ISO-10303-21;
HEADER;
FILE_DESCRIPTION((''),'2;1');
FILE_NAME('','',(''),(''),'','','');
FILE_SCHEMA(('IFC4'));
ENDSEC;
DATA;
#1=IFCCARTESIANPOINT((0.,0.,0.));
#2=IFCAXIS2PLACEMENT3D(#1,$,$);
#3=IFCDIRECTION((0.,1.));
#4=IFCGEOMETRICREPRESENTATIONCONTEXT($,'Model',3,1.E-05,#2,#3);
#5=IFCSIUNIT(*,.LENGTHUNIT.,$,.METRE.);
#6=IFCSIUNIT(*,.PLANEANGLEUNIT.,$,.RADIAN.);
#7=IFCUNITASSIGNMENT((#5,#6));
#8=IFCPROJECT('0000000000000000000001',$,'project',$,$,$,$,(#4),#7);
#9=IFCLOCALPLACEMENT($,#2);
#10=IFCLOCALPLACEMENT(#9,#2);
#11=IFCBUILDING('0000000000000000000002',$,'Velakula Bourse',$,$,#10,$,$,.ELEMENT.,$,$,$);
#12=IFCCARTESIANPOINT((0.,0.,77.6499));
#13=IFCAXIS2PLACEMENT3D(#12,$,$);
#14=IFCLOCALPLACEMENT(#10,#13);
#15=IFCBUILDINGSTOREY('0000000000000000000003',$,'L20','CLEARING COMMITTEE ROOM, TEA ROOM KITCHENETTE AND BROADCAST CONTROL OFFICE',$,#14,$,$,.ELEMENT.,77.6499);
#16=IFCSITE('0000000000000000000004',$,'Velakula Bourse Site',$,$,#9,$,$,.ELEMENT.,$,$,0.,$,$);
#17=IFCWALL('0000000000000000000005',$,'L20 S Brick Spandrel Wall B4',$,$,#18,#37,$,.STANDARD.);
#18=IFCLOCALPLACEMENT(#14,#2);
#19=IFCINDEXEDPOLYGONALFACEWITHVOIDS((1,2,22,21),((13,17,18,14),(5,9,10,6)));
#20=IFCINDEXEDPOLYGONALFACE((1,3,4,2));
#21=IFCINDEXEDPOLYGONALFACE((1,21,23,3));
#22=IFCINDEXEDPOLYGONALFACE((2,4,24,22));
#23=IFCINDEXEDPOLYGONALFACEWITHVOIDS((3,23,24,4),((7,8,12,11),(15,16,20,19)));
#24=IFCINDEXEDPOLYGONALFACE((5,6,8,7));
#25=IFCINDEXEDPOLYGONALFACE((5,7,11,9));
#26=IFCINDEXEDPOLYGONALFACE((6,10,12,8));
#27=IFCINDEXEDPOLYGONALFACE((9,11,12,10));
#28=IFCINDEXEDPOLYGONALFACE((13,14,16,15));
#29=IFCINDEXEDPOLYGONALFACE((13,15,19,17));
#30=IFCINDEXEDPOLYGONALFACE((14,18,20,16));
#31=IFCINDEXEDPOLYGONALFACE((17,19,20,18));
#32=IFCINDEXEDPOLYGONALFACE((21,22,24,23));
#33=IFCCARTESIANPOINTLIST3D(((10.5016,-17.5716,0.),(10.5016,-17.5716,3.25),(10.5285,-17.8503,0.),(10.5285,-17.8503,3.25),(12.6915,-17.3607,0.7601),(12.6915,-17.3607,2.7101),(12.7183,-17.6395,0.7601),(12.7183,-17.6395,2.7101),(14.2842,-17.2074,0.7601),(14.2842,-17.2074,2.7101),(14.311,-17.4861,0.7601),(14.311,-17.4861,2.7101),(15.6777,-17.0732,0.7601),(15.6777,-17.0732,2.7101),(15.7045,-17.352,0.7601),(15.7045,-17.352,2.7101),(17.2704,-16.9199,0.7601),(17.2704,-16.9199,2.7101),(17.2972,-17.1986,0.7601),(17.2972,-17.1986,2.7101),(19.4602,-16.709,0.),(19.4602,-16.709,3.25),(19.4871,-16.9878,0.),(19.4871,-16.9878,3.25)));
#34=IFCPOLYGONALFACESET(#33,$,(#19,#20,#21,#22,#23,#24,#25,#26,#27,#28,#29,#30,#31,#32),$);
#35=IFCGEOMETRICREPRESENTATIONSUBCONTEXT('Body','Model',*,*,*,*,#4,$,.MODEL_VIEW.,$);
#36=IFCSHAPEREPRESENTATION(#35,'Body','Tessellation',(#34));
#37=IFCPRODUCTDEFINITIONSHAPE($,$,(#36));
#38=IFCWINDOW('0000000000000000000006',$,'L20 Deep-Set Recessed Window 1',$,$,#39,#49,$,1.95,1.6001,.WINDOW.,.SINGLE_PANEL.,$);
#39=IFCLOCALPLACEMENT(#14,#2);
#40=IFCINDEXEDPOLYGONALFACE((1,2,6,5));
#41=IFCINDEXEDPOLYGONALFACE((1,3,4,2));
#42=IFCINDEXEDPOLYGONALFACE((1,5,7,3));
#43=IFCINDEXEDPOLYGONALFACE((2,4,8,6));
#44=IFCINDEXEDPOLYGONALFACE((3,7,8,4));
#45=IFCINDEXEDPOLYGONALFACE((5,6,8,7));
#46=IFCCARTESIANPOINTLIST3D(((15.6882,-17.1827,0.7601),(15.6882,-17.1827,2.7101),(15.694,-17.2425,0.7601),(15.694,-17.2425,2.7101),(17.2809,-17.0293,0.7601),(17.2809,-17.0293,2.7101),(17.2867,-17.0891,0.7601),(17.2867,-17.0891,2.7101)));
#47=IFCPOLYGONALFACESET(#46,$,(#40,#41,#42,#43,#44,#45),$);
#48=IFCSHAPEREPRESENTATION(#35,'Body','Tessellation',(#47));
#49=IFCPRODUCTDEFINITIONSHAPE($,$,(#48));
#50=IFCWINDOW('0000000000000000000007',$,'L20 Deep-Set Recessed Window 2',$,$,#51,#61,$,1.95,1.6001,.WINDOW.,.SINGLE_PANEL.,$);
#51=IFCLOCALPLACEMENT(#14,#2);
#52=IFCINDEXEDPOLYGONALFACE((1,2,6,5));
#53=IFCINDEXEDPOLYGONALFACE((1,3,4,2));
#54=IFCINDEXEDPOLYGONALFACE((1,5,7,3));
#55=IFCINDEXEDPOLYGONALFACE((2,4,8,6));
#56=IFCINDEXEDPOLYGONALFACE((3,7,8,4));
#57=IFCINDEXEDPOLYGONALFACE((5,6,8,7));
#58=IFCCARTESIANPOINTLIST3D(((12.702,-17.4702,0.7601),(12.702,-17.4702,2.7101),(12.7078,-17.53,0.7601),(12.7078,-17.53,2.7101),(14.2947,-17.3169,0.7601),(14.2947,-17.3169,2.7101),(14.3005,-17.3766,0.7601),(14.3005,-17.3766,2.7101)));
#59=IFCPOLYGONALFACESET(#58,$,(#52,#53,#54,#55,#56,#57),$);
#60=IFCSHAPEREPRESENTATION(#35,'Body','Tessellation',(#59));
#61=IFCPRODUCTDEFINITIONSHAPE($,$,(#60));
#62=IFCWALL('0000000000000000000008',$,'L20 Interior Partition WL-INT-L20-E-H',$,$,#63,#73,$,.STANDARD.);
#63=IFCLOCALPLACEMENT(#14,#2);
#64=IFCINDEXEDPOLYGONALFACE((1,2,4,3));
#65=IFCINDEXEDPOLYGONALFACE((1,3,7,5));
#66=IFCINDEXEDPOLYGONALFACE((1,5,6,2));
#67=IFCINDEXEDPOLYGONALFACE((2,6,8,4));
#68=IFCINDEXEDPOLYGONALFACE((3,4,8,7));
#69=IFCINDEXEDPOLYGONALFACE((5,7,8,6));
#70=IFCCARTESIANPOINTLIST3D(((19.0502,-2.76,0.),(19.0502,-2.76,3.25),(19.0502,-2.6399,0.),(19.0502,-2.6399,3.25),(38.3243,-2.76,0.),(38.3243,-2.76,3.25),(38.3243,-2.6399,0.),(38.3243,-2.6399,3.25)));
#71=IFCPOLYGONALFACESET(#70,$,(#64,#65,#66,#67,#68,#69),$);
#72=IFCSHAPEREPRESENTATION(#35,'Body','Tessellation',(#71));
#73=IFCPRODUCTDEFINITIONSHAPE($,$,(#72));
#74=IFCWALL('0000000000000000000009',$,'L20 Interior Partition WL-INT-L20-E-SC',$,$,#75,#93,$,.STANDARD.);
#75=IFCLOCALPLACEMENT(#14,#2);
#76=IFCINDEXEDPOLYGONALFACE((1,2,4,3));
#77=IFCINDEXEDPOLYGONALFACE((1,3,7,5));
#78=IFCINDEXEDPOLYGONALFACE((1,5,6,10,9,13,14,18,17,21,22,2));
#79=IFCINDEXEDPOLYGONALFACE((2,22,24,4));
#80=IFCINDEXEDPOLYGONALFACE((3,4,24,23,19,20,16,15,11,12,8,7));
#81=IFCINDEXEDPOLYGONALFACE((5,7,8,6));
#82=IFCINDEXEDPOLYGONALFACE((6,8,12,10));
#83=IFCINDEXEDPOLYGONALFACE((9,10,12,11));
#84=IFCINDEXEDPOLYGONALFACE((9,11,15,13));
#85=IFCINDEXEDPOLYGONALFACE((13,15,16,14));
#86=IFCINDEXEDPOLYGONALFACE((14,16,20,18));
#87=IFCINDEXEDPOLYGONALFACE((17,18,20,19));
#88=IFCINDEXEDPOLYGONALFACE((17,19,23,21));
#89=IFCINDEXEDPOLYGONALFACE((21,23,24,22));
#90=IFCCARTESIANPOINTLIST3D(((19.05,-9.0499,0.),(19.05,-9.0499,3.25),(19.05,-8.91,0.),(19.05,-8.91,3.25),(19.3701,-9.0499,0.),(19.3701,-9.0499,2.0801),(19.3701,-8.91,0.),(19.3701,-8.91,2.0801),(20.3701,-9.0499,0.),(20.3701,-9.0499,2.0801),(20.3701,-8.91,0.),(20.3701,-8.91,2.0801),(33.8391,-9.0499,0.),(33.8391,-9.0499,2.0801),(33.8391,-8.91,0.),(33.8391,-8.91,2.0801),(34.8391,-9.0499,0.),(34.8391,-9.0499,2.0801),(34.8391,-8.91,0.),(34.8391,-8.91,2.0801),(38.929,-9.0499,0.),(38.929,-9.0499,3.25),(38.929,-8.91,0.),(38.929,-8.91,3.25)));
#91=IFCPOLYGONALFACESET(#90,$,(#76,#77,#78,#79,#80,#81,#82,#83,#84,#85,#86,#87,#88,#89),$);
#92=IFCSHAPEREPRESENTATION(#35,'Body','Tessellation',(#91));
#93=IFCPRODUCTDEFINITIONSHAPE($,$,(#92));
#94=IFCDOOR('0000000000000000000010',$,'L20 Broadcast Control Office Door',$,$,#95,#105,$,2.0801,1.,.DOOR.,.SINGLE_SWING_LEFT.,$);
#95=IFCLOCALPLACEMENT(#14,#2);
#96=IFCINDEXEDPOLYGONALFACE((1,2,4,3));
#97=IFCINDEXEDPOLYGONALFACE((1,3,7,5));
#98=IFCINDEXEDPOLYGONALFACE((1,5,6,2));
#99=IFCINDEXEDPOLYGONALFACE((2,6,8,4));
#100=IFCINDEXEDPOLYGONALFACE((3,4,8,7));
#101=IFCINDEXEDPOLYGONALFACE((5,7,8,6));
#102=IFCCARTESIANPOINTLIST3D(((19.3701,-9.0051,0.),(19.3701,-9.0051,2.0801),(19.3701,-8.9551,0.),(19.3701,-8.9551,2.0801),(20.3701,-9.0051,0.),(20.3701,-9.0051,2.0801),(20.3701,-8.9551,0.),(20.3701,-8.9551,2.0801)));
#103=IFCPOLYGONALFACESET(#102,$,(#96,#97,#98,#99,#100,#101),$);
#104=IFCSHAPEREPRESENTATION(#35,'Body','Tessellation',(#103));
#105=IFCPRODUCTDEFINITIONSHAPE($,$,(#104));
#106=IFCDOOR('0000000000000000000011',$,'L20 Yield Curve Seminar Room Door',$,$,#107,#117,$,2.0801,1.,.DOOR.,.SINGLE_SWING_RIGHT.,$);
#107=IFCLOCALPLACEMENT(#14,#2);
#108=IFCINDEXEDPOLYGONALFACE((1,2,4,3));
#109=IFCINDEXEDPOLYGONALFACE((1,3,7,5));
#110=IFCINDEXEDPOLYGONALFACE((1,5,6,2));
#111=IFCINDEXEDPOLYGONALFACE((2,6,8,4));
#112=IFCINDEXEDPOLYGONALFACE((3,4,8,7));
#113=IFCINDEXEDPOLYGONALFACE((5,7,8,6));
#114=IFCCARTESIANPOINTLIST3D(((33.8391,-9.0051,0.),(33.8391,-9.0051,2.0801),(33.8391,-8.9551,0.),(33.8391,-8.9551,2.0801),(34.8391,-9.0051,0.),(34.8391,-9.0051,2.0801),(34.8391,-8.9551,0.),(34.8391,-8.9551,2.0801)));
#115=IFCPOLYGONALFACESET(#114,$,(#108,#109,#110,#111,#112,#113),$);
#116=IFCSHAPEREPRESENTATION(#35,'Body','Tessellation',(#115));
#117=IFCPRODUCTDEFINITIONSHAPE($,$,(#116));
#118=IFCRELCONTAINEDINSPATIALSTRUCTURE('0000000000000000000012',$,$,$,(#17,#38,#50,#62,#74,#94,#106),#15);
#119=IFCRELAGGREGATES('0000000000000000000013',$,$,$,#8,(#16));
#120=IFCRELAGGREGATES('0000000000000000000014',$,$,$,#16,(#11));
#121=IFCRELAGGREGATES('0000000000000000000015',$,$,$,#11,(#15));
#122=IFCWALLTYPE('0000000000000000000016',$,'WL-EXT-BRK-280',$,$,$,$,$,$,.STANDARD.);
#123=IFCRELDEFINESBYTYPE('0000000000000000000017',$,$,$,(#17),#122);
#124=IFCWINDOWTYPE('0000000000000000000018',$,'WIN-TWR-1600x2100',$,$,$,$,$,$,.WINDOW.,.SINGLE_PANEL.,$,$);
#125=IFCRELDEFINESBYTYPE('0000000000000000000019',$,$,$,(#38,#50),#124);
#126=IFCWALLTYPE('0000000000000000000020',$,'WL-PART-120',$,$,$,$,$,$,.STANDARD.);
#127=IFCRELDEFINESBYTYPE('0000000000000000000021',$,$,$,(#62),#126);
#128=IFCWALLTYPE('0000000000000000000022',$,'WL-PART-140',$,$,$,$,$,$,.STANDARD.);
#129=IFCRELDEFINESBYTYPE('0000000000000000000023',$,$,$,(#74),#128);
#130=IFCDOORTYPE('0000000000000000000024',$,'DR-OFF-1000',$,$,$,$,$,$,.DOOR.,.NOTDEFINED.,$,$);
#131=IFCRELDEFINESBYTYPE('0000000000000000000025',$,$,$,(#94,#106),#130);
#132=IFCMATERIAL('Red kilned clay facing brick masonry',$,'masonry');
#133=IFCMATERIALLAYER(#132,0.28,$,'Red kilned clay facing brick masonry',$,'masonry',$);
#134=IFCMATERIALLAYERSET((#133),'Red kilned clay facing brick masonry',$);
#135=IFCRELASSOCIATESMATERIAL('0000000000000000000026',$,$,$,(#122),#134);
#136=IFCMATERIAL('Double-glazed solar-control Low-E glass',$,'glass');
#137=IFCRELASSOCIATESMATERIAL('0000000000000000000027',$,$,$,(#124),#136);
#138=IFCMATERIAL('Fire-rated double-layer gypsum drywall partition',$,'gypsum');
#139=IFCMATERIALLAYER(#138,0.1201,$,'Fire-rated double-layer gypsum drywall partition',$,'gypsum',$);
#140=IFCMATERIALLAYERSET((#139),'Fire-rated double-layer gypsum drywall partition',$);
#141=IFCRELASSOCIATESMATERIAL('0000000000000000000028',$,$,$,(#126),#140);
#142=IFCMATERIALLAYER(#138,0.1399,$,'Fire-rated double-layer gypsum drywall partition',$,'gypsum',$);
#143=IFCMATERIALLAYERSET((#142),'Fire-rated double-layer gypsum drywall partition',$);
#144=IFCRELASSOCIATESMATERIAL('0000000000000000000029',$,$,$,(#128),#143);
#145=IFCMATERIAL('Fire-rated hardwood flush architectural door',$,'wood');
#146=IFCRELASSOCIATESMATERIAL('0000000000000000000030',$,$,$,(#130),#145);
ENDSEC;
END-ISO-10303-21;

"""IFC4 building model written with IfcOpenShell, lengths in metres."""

from ifc_helpers import new_model, si_unit, direction, frame, frame_2d, origin, place, context, subcontext, project, spatial, rectangle, extrude, material, layer, layer_set, type_object, element, fill, save


model = new_model("IFC4")

# Units and contexts
model_context = context("Model", 3, precision=1e-05, world=origin(), true_north=direction((0.0, 1.0)))
body_context = subcontext(model_context, "Body", "Model", "MODEL_VIEW")
ifc_project = project(units=[si_unit("LENGTHUNIT", "METRE"), si_unit("PLANEANGLEUNIT", "RADIAN")], contexts=[model_context])

# Site, building, storey
site_placement = place(None, origin())
site = spatial("IfcSite", under=ifc_project, at=site_placement, Name="Velakula Bourse Site", CompositionType="ELEMENT", RefElevation=0.0)
building_placement = place(site_placement, origin())
building = spatial("IfcBuilding", under=site, at=building_placement, Name="Velakula Bourse", CompositionType="ELEMENT")
storey_placement = place(building_placement, frame((0.0, 0.0, 77.6499)))
storey = spatial("IfcBuildingStorey", under=building, at=storey_placement, Name="L20", Description="CLEARING COMMITTEE ROOM, TEA ROOM KITCHENETTE AND BROADCAST CONTROL OFFICE", CompositionType="ELEMENT", Elevation=77.6499)

# Wall, openings, windows
ifc_material_1 = material(Name="Red kilned clay facing brick masonry", Category="masonry")
ifc_layer_1 = layer(ifc_material_1, 0.28, Name="Red kilned clay facing brick masonry", Category="masonry")
ifc_layer_set_1 = layer_set([ifc_layer_1], Name="Red kilned clay facing brick masonry")
wall_type_1 = type_object("IfcWallType", Name="WL-EXT-BRK-280", PredefinedType="STANDARD", material=ifc_layer_set_1)
wall_1_placement = place(storey_placement, frame((19.4736, -16.8484, 0.0), z_axis=(0.0, 0.0, 1.0), x_axis=(-0.995397, -0.09584, 0.0)))
wall_1 = element("IfcWall", 1, at=wall_1_placement, inside=storey, type_object=wall_type_1, Name="L20 S Brick Spandrel Wall B4", PredefinedType="STANDARD", context=body_context, shape_type="SweptSolid", body=[
    extrude(rectangle(XDim=9.0, YDim=0.28, at=frame_2d((4.5, 0.0))), origin(), (0.0, 0.0, 1.0), 3.25),
])
opening_1_placement = place(wall_1_placement, frame((2.2, 0.0, 0.76)))
opening_1 = element("IfcOpeningElement", 2, at=opening_1_placement, cuts=wall_1, PredefinedType="OPENING", context=body_context, shape_type="SweptSolid", body=[
    extrude(rectangle(XDim=1.6001, YDim=1.95, at=frame_2d((0.8, 0.9751))), frame((0.0, 0.1499, 0.0), z_axis=(0.0, -1.0, 0.0), x_axis=(1.0, 0.0, 0.0)), (0.0, 0.0, 1.0), 0.3),
])
opening_2_placement = place(wall_1_placement, frame((5.2, 0.0, 0.76)))
opening_2 = element("IfcOpeningElement", 3, at=opening_2_placement, cuts=wall_1, PredefinedType="OPENING", context=body_context, shape_type="SweptSolid", body=[
    extrude(rectangle(XDim=1.6001, YDim=1.95, at=frame_2d((0.8, 0.9751))), frame((0.0, 0.1499, 0.0), z_axis=(0.0, -1.0, 0.0), x_axis=(1.0, 0.0, 0.0)), (0.0, 0.0, 1.0), 0.3),
])
ifc_material_2 = material(Name="Double-glazed solar-control Low-E glass", Category="glass")
window_type = type_object("IfcWindowType", Name="WIN-TWR-1600x2100", PartitioningType="SINGLE_PANEL", PredefinedType="WINDOW", material=ifc_material_2)
window_1_placement = place(opening_1_placement, origin())
window_1 = element("IfcWindow", 4, at=window_1_placement, inside=storey, type_object=window_type, Name="L20 Deep-Set Recessed Window 1", OverallHeight=1.95, OverallWidth=1.6001, PartitioningType="SINGLE_PANEL", PredefinedType="WINDOW", context=body_context, shape_type="SweptSolid", body=[
    extrude(rectangle(XDim=1.6001, YDim=1.95, at=frame_2d((0.8, 0.9751))), frame((0.0, 0.03, 0.0), z_axis=(0.0, -1.0, 0.0), x_axis=(1.0, 0.0, 0.0)), (0.0, 0.0, 1.0), 0.0601),
])
fill(opening_1, window_1)
window_2_placement = place(opening_2_placement, origin())
window_2 = element("IfcWindow", 5, at=window_2_placement, inside=storey, type_object=window_type, Name="L20 Deep-Set Recessed Window 2", OverallHeight=1.95, OverallWidth=1.6001, PartitioningType="SINGLE_PANEL", PredefinedType="WINDOW", context=body_context, shape_type="SweptSolid", body=[
    extrude(rectangle(XDim=1.6001, YDim=1.95, at=frame_2d((0.8, 0.9751))), frame((0.0, 0.03, 0.0), z_axis=(0.0, -1.0, 0.0), x_axis=(1.0, 0.0, 0.0)), (0.0, 0.0, 1.0), 0.0601),
])
fill(opening_2, window_2)

# Wall
ifc_material_3 = material(Name="Fire-rated double-layer gypsum drywall partition", Category="gypsum")
ifc_layer_2 = layer(ifc_material_3, 0.1201, Name="Fire-rated double-layer gypsum drywall partition", Category="gypsum")
ifc_layer_set_2 = layer_set([ifc_layer_2], Name="Fire-rated double-layer gypsum drywall partition")
wall_type_2 = type_object("IfcWallType", Name="WL-PART-120", PredefinedType="STANDARD", material=ifc_layer_set_2)
wall_2_placement = place(storey_placement, frame((19.05, -2.7, 0.0), z_axis=(0.0, 0.0, 1.0), x_axis=(1.0, 0.0, 0.0)))
element("IfcWall", 6, at=wall_2_placement, inside=storey, type_object=wall_type_2, Name="L20 Interior Partition WL-INT-L20-E-H", PredefinedType="STANDARD", context=body_context, shape_type="SweptSolid", body=[
    extrude(rectangle(XDim=19.2742, YDim=0.1201, at=frame_2d((9.6372, 0.0))), origin(), (0.0, 0.0, 1.0), 3.25),
])

# Wall, openings, doors
ifc_layer_3 = layer(ifc_material_3, 0.1399, Name="Fire-rated double-layer gypsum drywall partition", Category="gypsum")
ifc_layer_set_3 = layer_set([ifc_layer_3], Name="Fire-rated double-layer gypsum drywall partition")
wall_type_3 = type_object("IfcWallType", Name="WL-PART-140", PredefinedType="STANDARD", material=ifc_layer_set_3)
wall_3_placement = place(storey_placement, frame((19.05, -8.98, 0.0), z_axis=(0.0, 0.0, 1.0), x_axis=(1.0, 0.0, 0.0)))
wall_3 = element("IfcWall", 7, at=wall_3_placement, inside=storey, type_object=wall_type_3, Name="L20 Interior Partition WL-INT-L20-E-SC", PredefinedType="STANDARD", context=body_context, shape_type="SweptSolid", body=[
    extrude(rectangle(XDim=19.8789, YDim=0.1399, at=frame_2d((9.9395, 0.0))), origin(), (0.0, 0.0, 1.0), 3.25),
])
opening_3_placement = place(wall_3_placement, frame((0.3201, 0.0, 0.0)))
opening_3 = element("IfcOpeningElement", 8, at=opening_3_placement, cuts=wall_3, PredefinedType="OPENING", context=body_context, shape_type="SweptSolid", body=[
    extrude(rectangle(XDim=1.0, YDim=2.0801, at=frame_2d((0.5, 1.04))), frame((0.0, 0.0798, 0.0), z_axis=(0.0, -1.0, 0.0), x_axis=(1.0, 0.0, 0.0)), (0.0, 0.0, 1.0), 0.1599),
])
opening_4_placement = place(wall_3_placement, frame((14.7891, 0.0, 0.0)))
opening_4 = element("IfcOpeningElement", 9, at=opening_4_placement, cuts=wall_3, PredefinedType="OPENING", context=body_context, shape_type="SweptSolid", body=[
    extrude(rectangle(XDim=1.0, YDim=2.0801, at=frame_2d((0.5, 1.04))), frame((0.0, 0.0798, 0.0), z_axis=(0.0, -1.0, 0.0), x_axis=(1.0, 0.0, 0.0)), (0.0, 0.0, 1.0), 0.1599),
])
ifc_material_4 = material(Name="Fire-rated hardwood flush architectural door", Category="wood")
door_type = type_object("IfcDoorType", Name="DR-OFF-1000", OperationType="NOTDEFINED", PredefinedType="DOOR", material=ifc_material_4)
door_1_placement = place(opening_3_placement, origin())
door_1 = element("IfcDoor", 10, at=door_1_placement, inside=storey, type_object=door_type, Name="L20 Broadcast Control Office Door", OperationType="SINGLE_SWING_LEFT", OverallHeight=2.0801, OverallWidth=1.0, PredefinedType="DOOR", context=body_context, shape_type="SweptSolid", body=[
    extrude(rectangle(XDim=1.0, YDim=2.0801, at=frame_2d((0.5, 1.04))), frame((0.0, 0.0249, 0.0), z_axis=(0.0, -1.0, 0.0), x_axis=(1.0, 0.0, 0.0)), (0.0, 0.0, 1.0), 0.05),
])
fill(opening_3, door_1)
door_2_placement = place(opening_4_placement, origin())
door_2 = element("IfcDoor", 11, at=door_2_placement, inside=storey, type_object=door_type, Name="L20 Yield Curve Seminar Room Door", OperationType="SINGLE_SWING_RIGHT", OverallHeight=2.0801, OverallWidth=1.0, PredefinedType="DOOR", context=body_context, shape_type="SweptSolid", body=[
    extrude(rectangle(XDim=1.0, YDim=2.0801, at=frame_2d((0.5, 1.04))), frame((0.0, 0.0249, 0.0), z_axis=(0.0, -1.0, 0.0), x_axis=(1.0, 0.0, 0.0)), (0.0, 0.0, 1.0), 0.05),
])
fill(opening_4, door_2)

save(model, "model.ifc")
